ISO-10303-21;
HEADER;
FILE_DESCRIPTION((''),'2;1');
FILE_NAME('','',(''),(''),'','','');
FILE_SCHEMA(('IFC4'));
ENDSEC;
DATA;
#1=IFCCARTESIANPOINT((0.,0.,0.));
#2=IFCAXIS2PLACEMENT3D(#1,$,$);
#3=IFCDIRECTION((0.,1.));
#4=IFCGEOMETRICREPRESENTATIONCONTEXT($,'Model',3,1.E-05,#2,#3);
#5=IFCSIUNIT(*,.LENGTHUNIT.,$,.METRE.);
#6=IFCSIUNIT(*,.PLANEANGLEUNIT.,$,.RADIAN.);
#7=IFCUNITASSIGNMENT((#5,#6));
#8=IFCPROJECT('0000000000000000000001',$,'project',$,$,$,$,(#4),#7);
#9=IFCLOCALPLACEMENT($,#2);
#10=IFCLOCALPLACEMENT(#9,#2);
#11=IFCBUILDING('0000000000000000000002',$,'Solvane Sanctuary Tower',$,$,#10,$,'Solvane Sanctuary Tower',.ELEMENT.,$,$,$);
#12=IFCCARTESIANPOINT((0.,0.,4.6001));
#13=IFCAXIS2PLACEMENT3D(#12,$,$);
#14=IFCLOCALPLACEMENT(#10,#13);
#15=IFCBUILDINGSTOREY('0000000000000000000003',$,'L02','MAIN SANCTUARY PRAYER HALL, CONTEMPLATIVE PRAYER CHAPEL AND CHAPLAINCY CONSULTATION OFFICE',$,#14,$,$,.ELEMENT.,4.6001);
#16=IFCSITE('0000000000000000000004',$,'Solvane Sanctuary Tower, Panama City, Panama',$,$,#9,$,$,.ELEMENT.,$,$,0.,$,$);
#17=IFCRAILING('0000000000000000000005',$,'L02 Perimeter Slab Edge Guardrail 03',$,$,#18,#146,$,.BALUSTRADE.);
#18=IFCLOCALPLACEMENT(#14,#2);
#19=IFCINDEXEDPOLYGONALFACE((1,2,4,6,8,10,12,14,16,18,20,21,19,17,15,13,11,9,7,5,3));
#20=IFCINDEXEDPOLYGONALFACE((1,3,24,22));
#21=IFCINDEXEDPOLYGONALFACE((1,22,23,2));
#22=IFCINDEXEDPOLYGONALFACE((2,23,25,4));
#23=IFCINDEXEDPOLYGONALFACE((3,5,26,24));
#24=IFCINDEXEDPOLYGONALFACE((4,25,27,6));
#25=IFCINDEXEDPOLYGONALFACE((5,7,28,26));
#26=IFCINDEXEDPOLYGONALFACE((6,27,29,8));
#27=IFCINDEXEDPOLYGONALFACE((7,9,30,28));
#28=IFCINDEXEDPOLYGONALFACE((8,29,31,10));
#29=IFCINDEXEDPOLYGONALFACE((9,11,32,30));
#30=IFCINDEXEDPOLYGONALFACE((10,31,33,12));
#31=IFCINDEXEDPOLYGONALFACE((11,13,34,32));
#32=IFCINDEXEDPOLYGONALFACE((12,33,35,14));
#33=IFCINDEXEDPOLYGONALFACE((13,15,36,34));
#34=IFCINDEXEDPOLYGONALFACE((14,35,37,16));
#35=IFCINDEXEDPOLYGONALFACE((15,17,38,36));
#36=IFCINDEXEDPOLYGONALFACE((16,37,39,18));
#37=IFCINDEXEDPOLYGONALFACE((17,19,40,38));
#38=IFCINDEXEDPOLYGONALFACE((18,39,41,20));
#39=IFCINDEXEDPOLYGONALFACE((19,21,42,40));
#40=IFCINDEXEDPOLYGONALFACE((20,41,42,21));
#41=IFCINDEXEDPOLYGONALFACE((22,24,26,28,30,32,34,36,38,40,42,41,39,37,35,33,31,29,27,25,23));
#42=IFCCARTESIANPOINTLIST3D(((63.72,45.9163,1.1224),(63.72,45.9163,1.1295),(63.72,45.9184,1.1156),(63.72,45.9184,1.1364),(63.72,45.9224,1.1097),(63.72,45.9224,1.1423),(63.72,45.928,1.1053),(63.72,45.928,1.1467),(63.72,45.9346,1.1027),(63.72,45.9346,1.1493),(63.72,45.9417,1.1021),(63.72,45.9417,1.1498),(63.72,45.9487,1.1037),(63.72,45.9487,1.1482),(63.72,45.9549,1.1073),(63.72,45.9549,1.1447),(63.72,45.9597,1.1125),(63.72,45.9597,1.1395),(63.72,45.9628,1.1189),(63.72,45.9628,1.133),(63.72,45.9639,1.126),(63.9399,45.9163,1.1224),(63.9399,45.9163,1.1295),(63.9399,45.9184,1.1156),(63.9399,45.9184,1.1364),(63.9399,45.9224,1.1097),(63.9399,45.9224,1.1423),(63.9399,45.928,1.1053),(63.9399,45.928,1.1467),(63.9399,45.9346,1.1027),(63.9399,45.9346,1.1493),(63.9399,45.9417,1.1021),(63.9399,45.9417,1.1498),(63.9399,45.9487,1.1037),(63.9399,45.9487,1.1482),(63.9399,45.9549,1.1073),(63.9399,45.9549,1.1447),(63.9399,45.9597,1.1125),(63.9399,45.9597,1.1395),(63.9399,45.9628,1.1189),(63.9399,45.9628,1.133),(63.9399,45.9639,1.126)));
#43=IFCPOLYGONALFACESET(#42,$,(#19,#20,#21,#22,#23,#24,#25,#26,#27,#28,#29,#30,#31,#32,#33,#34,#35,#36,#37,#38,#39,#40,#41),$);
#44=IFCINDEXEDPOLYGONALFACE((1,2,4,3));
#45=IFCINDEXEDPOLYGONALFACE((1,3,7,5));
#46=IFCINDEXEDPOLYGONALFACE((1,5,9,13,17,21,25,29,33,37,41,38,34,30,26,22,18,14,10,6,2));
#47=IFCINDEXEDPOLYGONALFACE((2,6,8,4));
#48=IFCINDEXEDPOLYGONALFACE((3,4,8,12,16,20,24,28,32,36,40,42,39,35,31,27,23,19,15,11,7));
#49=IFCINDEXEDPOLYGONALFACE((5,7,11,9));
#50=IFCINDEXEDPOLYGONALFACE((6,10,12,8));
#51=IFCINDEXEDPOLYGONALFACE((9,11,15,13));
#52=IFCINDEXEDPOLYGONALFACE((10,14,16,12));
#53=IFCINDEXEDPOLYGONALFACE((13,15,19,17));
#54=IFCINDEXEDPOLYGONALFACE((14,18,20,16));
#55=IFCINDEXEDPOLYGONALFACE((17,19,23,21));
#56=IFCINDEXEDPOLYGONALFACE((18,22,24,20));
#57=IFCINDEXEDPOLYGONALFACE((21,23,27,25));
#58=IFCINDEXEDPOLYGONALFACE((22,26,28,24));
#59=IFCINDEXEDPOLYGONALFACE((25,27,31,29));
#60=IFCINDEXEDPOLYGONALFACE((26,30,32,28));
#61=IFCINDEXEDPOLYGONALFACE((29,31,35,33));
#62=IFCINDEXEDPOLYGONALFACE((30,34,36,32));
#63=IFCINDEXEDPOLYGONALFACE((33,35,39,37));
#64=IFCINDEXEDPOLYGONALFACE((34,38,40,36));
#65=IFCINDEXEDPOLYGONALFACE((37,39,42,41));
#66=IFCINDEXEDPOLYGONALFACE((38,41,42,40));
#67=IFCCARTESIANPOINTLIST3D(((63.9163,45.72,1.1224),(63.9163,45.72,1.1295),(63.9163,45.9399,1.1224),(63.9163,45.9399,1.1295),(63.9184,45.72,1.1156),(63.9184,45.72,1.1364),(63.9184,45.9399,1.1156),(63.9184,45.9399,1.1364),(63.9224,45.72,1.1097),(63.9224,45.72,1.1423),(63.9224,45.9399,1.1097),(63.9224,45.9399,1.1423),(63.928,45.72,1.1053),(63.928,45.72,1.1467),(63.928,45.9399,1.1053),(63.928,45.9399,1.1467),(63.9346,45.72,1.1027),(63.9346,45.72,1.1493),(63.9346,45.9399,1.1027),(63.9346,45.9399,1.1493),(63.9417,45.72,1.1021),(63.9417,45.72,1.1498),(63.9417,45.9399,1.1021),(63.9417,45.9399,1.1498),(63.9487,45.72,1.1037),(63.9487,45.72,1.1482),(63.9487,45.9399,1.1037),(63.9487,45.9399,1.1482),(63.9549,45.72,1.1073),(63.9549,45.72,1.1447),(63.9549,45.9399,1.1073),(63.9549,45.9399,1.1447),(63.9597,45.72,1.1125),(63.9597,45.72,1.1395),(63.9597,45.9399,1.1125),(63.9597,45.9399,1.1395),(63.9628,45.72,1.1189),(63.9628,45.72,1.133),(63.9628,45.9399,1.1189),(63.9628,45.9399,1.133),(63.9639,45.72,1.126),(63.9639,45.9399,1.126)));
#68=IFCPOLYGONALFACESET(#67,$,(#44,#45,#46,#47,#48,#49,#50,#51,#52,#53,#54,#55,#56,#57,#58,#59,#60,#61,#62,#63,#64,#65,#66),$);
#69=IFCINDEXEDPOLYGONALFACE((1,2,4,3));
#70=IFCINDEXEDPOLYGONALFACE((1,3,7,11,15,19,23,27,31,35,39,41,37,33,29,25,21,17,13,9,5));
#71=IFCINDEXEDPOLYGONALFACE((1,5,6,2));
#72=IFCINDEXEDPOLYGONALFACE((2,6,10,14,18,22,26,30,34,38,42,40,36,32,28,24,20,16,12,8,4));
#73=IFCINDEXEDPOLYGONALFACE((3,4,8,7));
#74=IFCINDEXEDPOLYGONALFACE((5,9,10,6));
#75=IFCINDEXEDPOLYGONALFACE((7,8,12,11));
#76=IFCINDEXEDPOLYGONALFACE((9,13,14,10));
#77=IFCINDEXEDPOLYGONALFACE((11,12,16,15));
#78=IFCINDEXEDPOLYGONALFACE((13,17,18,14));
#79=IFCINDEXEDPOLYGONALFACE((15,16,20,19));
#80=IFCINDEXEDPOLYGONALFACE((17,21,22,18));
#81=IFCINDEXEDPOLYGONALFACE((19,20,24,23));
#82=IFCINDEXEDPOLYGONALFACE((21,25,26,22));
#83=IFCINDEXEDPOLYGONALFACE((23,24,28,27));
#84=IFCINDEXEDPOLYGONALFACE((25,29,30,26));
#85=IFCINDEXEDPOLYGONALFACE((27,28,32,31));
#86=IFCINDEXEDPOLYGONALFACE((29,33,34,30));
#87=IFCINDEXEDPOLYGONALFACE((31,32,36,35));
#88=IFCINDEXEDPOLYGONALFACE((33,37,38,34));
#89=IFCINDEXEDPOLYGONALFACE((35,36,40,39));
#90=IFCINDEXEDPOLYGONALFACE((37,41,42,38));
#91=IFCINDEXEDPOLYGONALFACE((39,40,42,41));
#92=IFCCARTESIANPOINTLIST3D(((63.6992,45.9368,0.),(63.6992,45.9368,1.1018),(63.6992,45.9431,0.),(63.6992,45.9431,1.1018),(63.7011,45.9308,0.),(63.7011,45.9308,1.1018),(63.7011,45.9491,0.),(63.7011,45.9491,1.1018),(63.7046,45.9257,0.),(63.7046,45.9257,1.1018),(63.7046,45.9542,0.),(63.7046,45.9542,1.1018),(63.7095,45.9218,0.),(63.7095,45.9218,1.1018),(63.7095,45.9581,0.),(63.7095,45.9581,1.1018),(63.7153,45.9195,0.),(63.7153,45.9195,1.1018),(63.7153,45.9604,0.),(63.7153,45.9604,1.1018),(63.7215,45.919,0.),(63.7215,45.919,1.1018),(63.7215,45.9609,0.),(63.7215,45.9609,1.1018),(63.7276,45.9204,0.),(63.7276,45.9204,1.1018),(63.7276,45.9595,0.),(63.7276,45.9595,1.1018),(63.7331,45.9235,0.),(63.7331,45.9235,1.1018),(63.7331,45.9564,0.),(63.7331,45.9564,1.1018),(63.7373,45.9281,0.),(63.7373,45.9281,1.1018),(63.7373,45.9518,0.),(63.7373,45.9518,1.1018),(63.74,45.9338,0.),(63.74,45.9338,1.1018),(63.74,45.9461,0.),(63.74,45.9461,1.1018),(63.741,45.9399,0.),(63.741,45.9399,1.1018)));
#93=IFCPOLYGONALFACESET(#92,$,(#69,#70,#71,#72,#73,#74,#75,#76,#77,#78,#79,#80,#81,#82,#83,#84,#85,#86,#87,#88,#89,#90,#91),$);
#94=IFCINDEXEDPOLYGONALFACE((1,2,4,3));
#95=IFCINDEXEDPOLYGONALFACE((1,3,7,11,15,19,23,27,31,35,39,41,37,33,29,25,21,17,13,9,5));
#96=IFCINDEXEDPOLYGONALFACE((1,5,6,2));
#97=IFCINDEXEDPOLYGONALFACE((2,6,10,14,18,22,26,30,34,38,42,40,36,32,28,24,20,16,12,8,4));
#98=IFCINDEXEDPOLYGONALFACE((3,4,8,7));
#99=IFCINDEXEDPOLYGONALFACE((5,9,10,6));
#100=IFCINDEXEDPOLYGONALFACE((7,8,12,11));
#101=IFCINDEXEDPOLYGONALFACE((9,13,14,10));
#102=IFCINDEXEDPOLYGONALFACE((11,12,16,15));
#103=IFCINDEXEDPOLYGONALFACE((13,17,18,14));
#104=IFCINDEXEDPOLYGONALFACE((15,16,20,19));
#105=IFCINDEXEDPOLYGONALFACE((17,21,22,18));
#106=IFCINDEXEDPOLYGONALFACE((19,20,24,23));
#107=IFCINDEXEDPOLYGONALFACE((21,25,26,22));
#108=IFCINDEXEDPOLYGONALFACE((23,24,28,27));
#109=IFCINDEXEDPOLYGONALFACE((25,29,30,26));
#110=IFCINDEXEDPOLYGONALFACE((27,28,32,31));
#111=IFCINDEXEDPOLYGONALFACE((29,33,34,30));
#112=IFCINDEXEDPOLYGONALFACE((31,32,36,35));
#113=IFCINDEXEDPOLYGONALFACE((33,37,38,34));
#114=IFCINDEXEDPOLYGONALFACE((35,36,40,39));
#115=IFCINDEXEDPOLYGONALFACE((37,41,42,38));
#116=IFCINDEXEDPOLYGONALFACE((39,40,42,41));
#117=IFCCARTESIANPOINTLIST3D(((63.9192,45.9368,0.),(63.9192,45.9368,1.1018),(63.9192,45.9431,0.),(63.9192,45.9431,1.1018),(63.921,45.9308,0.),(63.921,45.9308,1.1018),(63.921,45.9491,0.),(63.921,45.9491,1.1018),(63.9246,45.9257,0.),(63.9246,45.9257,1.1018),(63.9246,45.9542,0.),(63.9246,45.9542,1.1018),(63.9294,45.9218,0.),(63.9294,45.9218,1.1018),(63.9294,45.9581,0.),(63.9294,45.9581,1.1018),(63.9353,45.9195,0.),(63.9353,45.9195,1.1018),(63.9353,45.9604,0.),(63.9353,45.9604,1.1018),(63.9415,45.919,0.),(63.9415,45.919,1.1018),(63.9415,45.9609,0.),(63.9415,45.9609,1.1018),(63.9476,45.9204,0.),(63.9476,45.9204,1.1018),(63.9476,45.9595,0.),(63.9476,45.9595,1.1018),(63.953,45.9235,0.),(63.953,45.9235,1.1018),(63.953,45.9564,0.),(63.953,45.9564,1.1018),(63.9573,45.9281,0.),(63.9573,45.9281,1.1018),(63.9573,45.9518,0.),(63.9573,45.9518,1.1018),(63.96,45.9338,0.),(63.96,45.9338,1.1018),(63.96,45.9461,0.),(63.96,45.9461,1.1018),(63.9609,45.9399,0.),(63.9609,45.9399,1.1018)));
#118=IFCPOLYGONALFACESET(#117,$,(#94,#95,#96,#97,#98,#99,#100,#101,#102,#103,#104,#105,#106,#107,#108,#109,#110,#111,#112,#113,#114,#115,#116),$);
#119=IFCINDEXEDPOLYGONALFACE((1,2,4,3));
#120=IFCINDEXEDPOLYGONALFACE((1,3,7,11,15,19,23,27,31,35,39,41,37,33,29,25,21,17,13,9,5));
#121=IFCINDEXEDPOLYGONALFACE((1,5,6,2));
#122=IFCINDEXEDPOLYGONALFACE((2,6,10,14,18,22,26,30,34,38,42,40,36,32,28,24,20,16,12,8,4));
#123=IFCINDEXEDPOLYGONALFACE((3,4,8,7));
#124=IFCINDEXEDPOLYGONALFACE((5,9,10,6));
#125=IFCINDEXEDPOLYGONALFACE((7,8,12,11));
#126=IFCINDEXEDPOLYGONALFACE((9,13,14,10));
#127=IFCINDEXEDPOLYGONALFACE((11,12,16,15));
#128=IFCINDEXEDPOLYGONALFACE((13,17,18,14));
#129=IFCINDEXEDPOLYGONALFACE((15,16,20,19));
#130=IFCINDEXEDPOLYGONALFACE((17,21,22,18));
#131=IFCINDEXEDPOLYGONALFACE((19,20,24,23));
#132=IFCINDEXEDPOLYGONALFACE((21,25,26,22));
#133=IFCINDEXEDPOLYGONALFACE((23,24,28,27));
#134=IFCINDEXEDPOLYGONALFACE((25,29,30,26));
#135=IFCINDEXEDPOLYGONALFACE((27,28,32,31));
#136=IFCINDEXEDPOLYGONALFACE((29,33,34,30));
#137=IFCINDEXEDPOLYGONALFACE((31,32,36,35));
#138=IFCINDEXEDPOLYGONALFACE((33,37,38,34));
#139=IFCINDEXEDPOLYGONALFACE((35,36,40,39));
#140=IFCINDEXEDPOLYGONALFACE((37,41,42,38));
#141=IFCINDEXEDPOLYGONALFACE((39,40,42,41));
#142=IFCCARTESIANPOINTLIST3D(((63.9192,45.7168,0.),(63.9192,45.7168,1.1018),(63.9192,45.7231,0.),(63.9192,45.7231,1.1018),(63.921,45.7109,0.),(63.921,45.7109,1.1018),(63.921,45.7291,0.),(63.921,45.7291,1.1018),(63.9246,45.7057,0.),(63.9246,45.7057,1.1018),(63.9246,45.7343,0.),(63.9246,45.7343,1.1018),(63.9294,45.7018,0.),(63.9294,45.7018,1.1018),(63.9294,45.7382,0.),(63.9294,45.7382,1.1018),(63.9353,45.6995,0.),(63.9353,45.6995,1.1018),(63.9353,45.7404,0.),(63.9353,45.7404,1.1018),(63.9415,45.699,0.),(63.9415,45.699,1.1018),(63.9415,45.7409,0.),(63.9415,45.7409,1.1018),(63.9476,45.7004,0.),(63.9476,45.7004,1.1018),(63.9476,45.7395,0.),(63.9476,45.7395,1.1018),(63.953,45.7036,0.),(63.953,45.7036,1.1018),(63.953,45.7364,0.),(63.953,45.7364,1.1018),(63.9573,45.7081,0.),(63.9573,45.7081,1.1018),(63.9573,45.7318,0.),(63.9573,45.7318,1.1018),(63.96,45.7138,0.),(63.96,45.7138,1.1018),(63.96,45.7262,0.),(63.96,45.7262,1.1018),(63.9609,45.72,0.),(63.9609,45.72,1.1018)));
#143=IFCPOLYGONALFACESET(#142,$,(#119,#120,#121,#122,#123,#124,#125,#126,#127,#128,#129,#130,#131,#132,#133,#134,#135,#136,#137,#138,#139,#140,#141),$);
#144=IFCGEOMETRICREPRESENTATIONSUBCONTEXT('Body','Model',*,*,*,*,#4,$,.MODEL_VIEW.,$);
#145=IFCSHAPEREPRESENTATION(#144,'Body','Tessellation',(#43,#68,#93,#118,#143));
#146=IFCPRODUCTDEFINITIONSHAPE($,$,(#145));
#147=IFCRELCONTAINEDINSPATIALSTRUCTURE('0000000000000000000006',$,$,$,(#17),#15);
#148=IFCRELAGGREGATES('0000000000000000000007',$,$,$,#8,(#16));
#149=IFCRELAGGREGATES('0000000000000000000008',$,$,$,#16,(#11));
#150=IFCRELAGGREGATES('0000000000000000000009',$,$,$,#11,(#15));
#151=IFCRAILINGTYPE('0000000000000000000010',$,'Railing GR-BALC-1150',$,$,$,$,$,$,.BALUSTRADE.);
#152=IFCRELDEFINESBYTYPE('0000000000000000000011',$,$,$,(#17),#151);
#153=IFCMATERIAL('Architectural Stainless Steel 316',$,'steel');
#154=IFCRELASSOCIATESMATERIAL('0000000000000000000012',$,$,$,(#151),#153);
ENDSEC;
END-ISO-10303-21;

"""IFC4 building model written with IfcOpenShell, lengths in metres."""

from ifc_helpers import new_model, si_unit, direction, frame, origin, origin_2d, place, context, subcontext, project, spatial, circle, extrude, material, type_object, element, save


model = new_model("IFC4")

# Units and contexts
model_context = context("Model", 3, precision=1e-05, world=origin(), true_north=direction((0.0, 1.0)))
body_context = subcontext(model_context, "Body", "Model", "MODEL_VIEW")
ifc_project = project(units=[si_unit("LENGTHUNIT", "METRE"), si_unit("PLANEANGLEUNIT", "RADIAN")], contexts=[model_context])

# Site, building, storey
site_placement = place(None, origin())
site = spatial("IfcSite", under=ifc_project, at=site_placement, Name="Solvane Sanctuary Tower, Panama City, Panama", CompositionType="ELEMENT", RefElevation=0.0)
building_placement = place(site_placement, origin())
building = spatial("IfcBuilding", under=site, at=building_placement, Name="Solvane Sanctuary Tower", LongName="Solvane Sanctuary Tower", CompositionType="ELEMENT")
storey_placement = place(building_placement, frame((0.0, 0.0, 4.6001)))
storey = spatial("IfcBuildingStorey", under=building, at=storey_placement, Name="L02", Description="MAIN SANCTUARY PRAYER HALL, CONTEMPLATIVE PRAYER CHAPEL AND CHAPLAINCY CONSULTATION OFFICE", CompositionType="ELEMENT", Elevation=4.6001)

# Shared definitions
ifc_material_1 = material(Name="Architectural Stainless Steel 316", Category="steel")

# Railing
railing_type = type_object("IfcRailingType", Name="Railing GR-BALC-1150", PredefinedType="BALUSTRADE", material=ifc_material_1)
railing_1_placement = place(storey_placement, frame((63.72, 45.9399, 0.0)))
element("IfcRailing", 1, at=railing_1_placement, inside=storey, type_object=railing_type, Name="L02 Perimeter Slab Edge Guardrail 03", PredefinedType="BALUSTRADE", context=body_context, shape_type="SweptSolid", body=[
    extrude(circle(Radius=0.0239, at=origin_2d()), frame((0.0, 0.0, 1.126), z_axis=(1.0, 0.0, 0.0), x_axis=(0.0, 1.0, 0.0)), (0.0, 0.0, 1.0), 0.22),
    extrude(circle(Radius=0.0239, at=origin_2d()), frame((0.22, 0.0, 1.126), z_axis=(0.0, -1.0, 0.0), x_axis=(1.0, 0.0, 0.0)), (0.0, 0.0, 1.0), 0.22),
    extrude(circle(Radius=0.021, at=origin_2d()), origin(), (0.0, 0.0, 1.0), 1.1018),
    extrude(circle(Radius=0.021, at=origin_2d()), frame((0.22, 0.0, 0.0)), (0.0, 0.0, 1.0), 1.1018),
    extrude(circle(Radius=0.021, at=origin_2d()), frame((0.22, -0.22, 0.0)), (0.0, 0.0, 1.0), 1.1018),
])

save(model, "model.ifc")
